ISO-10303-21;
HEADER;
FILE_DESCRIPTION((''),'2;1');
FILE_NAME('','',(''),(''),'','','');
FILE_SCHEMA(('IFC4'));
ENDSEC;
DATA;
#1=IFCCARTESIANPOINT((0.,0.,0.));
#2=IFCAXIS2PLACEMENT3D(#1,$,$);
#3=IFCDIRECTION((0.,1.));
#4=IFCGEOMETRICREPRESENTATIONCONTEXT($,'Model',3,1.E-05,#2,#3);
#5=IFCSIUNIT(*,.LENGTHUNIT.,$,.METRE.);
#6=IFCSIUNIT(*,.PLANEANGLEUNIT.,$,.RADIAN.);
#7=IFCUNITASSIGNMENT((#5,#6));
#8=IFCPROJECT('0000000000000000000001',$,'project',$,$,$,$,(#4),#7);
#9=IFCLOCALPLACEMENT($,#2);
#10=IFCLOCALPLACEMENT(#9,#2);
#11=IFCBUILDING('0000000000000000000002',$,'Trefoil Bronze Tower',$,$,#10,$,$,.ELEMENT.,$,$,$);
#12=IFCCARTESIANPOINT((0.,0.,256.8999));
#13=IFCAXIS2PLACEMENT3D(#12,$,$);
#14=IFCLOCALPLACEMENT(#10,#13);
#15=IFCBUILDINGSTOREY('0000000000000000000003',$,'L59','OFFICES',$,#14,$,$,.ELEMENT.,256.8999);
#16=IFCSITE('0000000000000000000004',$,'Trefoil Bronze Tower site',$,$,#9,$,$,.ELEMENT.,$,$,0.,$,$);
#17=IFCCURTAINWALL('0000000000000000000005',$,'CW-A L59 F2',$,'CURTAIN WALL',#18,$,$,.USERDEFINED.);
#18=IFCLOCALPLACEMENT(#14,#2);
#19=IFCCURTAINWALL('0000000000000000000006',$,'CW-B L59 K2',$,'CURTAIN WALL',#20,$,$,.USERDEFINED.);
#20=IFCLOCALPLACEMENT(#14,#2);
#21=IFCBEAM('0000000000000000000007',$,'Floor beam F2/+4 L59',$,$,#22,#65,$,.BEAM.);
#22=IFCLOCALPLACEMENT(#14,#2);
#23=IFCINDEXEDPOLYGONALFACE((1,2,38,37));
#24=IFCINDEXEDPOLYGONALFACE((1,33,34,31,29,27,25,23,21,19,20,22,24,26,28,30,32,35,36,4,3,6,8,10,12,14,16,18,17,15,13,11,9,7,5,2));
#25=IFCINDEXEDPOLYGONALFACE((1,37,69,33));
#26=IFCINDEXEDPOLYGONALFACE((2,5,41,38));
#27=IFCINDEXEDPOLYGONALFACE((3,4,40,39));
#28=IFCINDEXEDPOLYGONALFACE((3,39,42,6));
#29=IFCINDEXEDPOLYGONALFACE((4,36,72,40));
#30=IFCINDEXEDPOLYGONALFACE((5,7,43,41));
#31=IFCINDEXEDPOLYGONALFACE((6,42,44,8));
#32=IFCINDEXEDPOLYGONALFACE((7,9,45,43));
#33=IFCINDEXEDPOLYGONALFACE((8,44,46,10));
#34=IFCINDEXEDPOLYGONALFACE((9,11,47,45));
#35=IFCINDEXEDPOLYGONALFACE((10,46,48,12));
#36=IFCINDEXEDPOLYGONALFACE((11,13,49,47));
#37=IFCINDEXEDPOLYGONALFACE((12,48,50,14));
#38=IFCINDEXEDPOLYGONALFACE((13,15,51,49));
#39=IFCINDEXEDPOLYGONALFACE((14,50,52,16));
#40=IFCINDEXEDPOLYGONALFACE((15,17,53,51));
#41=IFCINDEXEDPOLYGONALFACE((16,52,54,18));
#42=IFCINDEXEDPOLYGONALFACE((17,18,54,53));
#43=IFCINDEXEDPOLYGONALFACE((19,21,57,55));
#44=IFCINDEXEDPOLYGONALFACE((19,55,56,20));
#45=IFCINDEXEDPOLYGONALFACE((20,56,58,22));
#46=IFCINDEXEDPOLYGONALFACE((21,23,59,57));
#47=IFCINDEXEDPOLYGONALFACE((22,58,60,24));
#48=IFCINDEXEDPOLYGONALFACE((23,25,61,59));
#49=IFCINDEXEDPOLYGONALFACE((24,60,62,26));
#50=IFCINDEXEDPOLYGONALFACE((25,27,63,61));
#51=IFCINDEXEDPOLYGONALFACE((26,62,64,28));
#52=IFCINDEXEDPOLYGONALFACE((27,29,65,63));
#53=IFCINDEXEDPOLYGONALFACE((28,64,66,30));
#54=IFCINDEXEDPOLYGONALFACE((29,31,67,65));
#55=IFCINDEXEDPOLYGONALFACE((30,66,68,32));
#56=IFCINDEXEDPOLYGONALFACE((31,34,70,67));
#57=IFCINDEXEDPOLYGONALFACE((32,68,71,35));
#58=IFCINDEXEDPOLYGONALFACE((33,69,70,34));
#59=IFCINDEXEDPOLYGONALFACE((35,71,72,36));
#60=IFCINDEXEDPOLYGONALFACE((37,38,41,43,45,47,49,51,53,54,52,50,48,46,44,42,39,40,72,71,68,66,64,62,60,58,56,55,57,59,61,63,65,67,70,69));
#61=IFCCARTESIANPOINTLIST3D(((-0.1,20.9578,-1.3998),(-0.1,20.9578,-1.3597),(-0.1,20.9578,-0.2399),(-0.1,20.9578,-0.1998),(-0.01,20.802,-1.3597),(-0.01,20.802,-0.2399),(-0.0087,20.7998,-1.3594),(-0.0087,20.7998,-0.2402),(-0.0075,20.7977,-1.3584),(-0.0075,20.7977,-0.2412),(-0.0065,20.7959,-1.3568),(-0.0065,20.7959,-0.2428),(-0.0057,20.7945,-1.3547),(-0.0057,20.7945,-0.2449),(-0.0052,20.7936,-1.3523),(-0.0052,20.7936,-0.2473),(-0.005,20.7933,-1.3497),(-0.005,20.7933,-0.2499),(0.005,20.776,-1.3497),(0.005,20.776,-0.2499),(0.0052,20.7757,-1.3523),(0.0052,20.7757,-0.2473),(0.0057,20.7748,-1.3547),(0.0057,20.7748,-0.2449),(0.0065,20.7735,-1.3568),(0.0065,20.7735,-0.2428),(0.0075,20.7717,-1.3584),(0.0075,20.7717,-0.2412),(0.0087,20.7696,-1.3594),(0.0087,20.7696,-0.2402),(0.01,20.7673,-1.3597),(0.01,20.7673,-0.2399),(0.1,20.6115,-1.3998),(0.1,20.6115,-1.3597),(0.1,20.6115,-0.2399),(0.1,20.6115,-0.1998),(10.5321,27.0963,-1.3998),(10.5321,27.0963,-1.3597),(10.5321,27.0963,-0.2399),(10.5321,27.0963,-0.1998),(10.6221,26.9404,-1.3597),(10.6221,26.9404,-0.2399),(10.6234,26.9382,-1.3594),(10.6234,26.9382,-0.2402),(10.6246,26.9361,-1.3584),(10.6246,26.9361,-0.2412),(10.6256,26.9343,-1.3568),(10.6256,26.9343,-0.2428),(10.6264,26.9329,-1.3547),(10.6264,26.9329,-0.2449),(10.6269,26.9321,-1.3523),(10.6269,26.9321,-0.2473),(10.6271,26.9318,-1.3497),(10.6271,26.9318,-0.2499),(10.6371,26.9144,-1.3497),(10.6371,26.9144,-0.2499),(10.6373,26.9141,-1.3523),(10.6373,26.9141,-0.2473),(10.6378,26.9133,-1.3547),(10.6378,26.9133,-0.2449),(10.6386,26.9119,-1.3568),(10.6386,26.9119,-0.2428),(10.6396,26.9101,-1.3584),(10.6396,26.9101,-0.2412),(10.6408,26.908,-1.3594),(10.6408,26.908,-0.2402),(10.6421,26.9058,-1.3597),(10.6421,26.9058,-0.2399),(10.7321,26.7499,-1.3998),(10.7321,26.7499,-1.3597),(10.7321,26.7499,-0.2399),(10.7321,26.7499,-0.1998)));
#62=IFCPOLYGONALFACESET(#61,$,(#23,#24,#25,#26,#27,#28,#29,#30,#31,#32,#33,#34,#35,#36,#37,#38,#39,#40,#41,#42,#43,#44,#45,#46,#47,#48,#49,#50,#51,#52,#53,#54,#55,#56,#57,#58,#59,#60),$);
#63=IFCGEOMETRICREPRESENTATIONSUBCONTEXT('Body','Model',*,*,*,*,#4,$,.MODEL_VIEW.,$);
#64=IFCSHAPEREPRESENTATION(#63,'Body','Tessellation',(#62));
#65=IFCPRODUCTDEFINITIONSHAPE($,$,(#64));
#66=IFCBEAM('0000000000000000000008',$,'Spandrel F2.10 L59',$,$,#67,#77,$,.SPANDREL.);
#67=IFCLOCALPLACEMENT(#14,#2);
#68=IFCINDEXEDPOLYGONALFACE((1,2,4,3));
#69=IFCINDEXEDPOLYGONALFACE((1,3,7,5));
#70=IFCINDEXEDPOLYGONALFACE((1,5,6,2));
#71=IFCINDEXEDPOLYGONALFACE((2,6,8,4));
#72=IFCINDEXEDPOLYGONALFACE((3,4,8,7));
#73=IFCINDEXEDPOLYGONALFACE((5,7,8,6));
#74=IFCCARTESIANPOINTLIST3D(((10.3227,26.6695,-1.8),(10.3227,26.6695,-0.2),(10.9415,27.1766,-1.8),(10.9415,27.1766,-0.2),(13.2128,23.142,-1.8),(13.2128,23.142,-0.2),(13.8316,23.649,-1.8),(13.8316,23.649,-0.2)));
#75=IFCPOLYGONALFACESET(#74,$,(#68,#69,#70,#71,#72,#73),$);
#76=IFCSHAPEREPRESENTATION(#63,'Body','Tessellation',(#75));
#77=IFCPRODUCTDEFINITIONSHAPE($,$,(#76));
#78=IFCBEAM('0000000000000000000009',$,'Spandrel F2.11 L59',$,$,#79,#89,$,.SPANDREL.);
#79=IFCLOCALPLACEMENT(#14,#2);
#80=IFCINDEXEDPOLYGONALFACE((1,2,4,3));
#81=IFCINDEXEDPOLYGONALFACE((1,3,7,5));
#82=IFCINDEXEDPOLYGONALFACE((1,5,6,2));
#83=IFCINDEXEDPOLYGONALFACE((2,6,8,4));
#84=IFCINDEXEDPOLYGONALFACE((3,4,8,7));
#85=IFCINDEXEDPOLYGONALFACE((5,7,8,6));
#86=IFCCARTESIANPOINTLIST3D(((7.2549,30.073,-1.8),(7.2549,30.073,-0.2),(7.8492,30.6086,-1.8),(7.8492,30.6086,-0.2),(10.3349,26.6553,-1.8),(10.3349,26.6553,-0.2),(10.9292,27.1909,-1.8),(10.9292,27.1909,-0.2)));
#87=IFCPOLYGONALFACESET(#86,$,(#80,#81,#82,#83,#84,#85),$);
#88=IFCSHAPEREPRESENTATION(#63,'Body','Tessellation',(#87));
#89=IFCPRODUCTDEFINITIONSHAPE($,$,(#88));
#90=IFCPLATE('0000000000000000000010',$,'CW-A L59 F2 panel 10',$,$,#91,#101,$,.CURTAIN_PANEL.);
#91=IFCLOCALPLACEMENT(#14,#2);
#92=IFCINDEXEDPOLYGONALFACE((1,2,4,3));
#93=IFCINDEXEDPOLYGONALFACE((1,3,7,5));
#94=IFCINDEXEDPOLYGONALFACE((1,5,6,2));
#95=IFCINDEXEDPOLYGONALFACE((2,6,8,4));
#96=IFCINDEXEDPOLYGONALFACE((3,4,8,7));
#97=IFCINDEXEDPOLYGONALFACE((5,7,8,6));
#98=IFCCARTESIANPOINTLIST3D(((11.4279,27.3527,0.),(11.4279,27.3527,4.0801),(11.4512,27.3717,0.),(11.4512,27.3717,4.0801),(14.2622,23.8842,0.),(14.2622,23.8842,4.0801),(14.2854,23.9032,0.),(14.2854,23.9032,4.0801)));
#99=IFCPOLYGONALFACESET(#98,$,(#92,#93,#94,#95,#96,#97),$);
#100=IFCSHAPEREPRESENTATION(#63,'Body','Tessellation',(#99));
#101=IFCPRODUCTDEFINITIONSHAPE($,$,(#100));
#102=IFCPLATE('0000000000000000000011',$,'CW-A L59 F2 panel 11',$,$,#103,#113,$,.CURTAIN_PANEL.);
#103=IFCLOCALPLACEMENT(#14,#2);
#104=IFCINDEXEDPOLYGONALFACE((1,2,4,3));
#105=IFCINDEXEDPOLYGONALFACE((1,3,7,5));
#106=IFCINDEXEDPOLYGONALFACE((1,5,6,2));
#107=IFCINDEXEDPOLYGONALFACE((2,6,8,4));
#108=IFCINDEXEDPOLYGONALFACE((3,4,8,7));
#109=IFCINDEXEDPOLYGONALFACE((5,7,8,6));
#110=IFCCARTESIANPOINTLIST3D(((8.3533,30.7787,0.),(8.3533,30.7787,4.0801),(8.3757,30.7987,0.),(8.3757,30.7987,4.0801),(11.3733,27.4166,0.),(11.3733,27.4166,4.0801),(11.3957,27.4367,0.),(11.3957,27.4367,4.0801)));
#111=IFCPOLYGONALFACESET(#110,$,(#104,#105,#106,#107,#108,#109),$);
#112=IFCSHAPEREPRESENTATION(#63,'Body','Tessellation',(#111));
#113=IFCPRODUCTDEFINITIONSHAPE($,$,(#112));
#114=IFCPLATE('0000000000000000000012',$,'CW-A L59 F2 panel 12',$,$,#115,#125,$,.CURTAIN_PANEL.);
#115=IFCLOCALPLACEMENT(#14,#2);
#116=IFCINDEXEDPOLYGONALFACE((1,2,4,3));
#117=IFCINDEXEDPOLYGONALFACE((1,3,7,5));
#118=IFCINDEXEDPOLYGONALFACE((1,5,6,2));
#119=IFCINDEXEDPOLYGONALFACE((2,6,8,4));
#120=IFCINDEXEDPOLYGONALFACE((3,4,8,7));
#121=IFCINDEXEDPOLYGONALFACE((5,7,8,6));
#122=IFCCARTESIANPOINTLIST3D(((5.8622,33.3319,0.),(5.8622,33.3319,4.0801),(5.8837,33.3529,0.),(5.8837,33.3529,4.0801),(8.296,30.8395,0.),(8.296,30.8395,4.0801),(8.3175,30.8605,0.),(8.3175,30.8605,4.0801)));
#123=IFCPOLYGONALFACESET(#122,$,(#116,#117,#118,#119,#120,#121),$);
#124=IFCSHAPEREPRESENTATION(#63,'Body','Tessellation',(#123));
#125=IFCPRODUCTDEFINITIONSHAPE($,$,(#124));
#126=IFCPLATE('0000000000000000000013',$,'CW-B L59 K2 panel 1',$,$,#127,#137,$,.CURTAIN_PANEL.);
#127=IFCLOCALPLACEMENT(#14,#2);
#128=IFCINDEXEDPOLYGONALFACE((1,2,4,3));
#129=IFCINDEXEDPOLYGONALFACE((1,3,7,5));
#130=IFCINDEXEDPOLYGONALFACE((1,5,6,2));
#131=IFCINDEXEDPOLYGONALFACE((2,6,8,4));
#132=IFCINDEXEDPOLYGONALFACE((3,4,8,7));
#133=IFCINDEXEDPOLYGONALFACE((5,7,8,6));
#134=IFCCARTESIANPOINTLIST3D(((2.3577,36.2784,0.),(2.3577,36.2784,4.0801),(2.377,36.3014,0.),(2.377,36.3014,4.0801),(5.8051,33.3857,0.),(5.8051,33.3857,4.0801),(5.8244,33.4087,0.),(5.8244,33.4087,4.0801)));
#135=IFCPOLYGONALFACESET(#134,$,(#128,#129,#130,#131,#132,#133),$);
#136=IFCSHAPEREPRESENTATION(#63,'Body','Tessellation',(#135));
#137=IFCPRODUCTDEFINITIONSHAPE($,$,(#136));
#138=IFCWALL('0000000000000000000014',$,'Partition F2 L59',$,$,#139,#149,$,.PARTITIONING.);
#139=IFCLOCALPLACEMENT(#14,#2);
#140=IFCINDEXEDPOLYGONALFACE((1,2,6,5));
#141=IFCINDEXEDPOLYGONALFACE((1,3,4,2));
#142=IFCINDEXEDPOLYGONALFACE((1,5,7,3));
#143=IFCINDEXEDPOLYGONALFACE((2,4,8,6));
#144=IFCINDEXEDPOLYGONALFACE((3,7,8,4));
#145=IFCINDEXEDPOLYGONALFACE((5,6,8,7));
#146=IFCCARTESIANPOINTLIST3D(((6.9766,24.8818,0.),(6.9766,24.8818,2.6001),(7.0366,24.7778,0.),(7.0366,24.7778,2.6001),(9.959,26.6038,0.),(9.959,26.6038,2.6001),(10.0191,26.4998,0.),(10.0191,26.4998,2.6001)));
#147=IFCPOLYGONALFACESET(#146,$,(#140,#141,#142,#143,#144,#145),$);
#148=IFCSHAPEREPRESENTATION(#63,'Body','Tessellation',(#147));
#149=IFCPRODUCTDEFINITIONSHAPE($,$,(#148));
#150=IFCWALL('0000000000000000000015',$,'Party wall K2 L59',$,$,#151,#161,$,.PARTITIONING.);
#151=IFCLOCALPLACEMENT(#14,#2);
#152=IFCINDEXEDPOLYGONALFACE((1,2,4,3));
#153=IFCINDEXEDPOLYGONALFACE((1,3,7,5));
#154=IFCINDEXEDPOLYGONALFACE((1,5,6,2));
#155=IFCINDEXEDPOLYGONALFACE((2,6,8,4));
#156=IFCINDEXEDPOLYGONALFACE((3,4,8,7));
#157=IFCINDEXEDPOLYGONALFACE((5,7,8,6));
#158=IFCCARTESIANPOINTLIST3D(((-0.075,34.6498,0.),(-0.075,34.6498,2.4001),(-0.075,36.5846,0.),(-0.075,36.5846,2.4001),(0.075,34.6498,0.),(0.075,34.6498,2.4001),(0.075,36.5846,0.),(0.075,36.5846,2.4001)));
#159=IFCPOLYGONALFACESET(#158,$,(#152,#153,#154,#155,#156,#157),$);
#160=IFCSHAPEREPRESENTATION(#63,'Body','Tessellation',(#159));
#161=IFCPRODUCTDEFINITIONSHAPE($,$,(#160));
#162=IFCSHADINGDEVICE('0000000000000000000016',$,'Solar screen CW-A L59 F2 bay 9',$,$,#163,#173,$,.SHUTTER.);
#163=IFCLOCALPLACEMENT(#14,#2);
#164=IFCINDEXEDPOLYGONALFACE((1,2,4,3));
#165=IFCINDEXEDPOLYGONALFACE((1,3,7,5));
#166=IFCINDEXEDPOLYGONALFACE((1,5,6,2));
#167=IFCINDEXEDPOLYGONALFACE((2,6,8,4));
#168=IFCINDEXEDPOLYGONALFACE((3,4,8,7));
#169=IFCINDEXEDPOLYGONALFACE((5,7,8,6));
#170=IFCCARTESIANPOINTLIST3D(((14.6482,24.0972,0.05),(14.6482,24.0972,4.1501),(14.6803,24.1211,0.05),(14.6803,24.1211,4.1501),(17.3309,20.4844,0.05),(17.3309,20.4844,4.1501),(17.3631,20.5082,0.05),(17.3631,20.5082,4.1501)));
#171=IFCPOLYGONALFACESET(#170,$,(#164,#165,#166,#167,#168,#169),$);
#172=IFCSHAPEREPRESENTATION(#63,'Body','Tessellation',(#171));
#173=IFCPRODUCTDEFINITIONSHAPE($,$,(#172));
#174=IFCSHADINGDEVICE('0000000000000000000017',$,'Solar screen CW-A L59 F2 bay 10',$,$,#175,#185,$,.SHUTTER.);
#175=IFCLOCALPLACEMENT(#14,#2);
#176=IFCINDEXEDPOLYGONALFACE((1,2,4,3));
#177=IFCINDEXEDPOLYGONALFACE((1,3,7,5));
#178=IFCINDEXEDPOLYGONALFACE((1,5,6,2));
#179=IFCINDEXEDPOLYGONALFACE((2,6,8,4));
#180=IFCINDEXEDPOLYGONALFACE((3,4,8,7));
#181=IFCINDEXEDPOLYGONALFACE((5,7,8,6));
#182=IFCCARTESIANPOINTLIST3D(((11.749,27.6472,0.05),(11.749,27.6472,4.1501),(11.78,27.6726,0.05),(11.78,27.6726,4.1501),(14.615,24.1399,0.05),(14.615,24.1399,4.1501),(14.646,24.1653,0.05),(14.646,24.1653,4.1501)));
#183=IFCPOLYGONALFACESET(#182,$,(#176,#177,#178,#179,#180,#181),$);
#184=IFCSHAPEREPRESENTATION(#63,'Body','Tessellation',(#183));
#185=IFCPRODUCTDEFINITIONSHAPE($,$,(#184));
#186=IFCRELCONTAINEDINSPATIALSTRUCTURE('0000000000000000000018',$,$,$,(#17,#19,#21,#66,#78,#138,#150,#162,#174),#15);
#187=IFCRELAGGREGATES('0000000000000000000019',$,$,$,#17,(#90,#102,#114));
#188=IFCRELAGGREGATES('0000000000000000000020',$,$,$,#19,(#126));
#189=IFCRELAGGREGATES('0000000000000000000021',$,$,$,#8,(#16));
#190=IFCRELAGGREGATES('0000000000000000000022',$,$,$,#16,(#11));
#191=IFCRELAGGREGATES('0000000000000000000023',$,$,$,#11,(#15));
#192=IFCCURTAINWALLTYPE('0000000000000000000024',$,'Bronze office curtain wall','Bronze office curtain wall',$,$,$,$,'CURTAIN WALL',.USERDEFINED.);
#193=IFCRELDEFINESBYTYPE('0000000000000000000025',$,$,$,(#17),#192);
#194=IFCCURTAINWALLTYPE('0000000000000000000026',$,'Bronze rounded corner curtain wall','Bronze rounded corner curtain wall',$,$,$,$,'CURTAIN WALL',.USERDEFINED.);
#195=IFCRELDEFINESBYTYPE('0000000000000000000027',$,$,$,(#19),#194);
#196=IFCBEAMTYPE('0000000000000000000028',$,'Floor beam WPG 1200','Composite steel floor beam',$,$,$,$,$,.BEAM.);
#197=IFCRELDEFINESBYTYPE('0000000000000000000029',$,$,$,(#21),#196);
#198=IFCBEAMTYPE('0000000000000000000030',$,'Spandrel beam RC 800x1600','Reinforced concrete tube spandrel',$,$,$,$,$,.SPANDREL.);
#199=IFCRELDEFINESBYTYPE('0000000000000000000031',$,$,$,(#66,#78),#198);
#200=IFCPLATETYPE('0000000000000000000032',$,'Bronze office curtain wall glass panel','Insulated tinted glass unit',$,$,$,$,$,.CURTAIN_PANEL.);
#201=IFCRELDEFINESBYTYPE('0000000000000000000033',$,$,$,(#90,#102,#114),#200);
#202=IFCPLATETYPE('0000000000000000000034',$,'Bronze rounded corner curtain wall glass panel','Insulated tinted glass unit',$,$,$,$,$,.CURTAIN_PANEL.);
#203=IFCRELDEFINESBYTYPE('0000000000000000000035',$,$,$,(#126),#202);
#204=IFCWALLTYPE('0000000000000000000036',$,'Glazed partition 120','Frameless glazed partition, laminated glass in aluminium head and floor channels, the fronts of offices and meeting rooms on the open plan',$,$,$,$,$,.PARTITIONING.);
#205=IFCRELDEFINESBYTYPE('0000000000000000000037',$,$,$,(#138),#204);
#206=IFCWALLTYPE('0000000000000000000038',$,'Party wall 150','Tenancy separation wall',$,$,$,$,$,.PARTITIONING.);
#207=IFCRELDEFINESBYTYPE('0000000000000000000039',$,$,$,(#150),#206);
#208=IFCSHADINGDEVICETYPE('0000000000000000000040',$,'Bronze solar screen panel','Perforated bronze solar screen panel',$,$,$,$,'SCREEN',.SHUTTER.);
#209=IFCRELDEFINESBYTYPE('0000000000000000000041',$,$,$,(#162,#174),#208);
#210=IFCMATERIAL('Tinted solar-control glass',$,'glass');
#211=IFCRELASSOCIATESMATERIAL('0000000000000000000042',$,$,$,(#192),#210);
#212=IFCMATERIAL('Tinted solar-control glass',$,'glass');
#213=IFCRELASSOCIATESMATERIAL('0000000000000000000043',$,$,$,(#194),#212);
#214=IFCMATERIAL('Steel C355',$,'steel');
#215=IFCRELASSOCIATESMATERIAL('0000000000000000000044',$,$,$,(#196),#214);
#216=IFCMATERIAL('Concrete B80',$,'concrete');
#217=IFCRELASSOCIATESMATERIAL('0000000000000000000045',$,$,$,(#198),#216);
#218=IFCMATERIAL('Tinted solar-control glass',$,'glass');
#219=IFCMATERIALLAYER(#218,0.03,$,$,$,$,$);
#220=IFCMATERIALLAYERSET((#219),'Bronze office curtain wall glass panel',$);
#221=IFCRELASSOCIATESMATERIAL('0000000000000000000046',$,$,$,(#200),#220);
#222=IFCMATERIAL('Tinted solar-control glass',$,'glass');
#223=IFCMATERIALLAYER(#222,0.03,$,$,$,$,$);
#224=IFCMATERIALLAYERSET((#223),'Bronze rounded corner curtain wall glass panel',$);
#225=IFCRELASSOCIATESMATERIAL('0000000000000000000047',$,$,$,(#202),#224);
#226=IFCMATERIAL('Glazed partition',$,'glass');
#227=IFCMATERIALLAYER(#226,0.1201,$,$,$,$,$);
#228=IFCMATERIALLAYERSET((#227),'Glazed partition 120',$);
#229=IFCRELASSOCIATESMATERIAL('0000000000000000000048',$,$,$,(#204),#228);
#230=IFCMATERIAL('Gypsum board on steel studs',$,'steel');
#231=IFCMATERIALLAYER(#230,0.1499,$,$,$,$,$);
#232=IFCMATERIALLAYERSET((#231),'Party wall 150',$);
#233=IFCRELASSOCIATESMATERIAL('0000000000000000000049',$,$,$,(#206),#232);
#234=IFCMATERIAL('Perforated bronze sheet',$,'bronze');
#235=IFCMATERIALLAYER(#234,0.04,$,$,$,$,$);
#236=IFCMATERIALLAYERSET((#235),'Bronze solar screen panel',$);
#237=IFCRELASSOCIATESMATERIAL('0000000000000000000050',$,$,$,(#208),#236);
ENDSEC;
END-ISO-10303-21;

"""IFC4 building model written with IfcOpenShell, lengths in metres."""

from ifc_helpers import new_model, si_unit, direction, frame, frame_2d, origin, origin_2d, place, context, subcontext, project, spatial, rectangle, i_section, extrude, material, layer, layer_set, material_profile, profile_set, type_object, element, aggregate, save


model = new_model("IFC4")

# Units and contexts
model_context = context("Model", 3, precision=1e-05, world=origin(), true_north=direction((0.0, 1.0)))
body_context = subcontext(model_context, "Body", "Model", "MODEL_VIEW")
ifc_project = project(units=[si_unit("LENGTHUNIT", "METRE"), si_unit("PLANEANGLEUNIT", "RADIAN")], contexts=[model_context])

# Site, building, storey
site_placement = place(None, origin())
site = spatial("IfcSite", under=ifc_project, at=site_placement, Name="Trefoil Bronze Tower site", CompositionType="ELEMENT", RefElevation=0.0)
building_placement = place(site_placement, origin())
building = spatial("IfcBuilding", under=site, at=building_placement, Name="Trefoil Bronze Tower", CompositionType="ELEMENT")
storey_placement = place(building_placement, frame((0.0, 0.0, 256.8999)))
storey = spatial("IfcBuildingStorey", under=building, at=storey_placement, Name="L59", Description="OFFICES", CompositionType="ELEMENT", Elevation=256.8999)

# Curtain walls
ifc_material_1 = material(Name="Tinted solar-control glass", Category="glass")
curtain_wall_type_1 = type_object("IfcCurtainWallType", Name="Bronze office curtain wall", Description="Bronze office curtain wall", ElementType="CURTAIN WALL", PredefinedType="USERDEFINED", material=ifc_material_1)
curtain_wall_1_placement = place(storey_placement, origin())
curtain_wall_1 = element("IfcCurtainWall", 1, at=curtain_wall_1_placement, inside=storey, type_object=curtain_wall_type_1, Name="CW-A L59 F2", ObjectType="CURTAIN WALL", PredefinedType="USERDEFINED")
ifc_material_2 = material(Name="Tinted solar-control glass", Category="glass")
curtain_wall_type_2 = type_object("IfcCurtainWallType", Name="Bronze rounded corner curtain wall", Description="Bronze rounded corner curtain wall", ElementType="CURTAIN WALL", PredefinedType="USERDEFINED", material=ifc_material_2)
curtain_wall_2_placement = place(storey_placement, origin())
curtain_wall_2 = element("IfcCurtainWall", 2, at=curtain_wall_2_placement, inside=storey, type_object=curtain_wall_type_2, Name="CW-B L59 K2", ObjectType="CURTAIN WALL", PredefinedType="USERDEFINED")

# Beams
ifc_material_3 = material(Name="Steel C355", Category="steel")
ifc_material_profile_1 = material_profile(ifc_material_3, i_section(OverallWidth=0.3999, OverallDepth=1.2, WebThickness=0.02, FlangeThickness=0.04, FilletRadius=0.01, at=origin_2d()), Name="WPG 1200")
ifc_profile_set_1 = profile_set([ifc_material_profile_1], Name="Steel C355")
beam_type_1 = type_object("IfcBeamType", Name="Floor beam WPG 1200", Description="Composite steel floor beam", PredefinedType="BEAM", material=ifc_profile_set_1)
beam_1_placement = place(storey_placement, frame((10.6321, 26.9231, -0.7998), z_axis=(-0.866026, -0.5, 0.0), x_axis=(0.5, -0.866026, 0.0)))
element("IfcBeam", 3, at=beam_1_placement, inside=storey, type_object=beam_type_1, Name="Floor beam F2/+4 L59", PredefinedType="BEAM", context=body_context, shape_type="SweptSolid", body=[
    extrude(i_section(OverallWidth=0.3999, OverallDepth=1.2, WebThickness=0.02, FlangeThickness=0.04, FilletRadius=0.01, at=origin_2d()), origin(), (0.0, 0.0, 1.0), 12.2769),
])
ifc_material_4 = material(Name="Concrete B80", Category="concrete")
ifc_material_profile_2 = material_profile(ifc_material_4, rectangle(XDim=0.8, YDim=1.6001, at=origin_2d()), Name="RC 800x1600")
ifc_profile_set_2 = profile_set([ifc_material_profile_2], Name="Concrete B80")
beam_type_2 = type_object("IfcBeamType", Name="Spandrel beam RC 800x1600", Description="Reinforced concrete tube spandrel", PredefinedType="SPANDREL", material=ifc_profile_set_2)
beam_2_placement = place(storey_placement, frame((13.5222, 23.3955, -1.0), z_axis=(-0.633754, 0.773535, 0.0), x_axis=(-0.773535, -0.633754, 0.0)))
element("IfcBeam", 4, at=beam_2_placement, inside=storey, type_object=beam_type_2, Name="Spandrel F2.10 L59", PredefinedType="SPANDREL", context=body_context, shape_type="SweptSolid", body=[
    extrude(rectangle(XDim=0.8, YDim=1.6001, at=origin_2d()), origin(), (0.0, 0.0, 1.0), 4.5603),
])
beam_3_placement = place(storey_placement, frame((10.6321, 26.9231, -1.0), z_axis=(-0.66946, 0.742848, 0.0), x_axis=(-0.742848, -0.66946, 0.0)))
element("IfcBeam", 5, at=beam_3_placement, inside=storey, type_object=beam_type_2, Name="Spandrel F2.11 L59", PredefinedType="SPANDREL", context=body_context, shape_type="SweptSolid", body=[
    extrude(rectangle(XDim=0.8, YDim=1.6001, at=origin_2d()), origin(), (0.0, 0.0, 1.0), 4.6008),
])

# Plates
ifc_material_5 = material(Name="Tinted solar-control glass", Category="glass")
ifc_layer_1 = layer(ifc_material_5, 0.03)
ifc_layer_set_1 = layer_set([ifc_layer_1], Name="Bronze office curtain wall glass panel")
plate_type_1 = type_object("IfcPlateType", Name="Bronze office curtain wall glass panel", Description="Insulated tinted glass unit", PredefinedType="CURTAIN_PANEL", material=ifc_layer_set_1)
plate_1_placement = place(storey_placement, frame((12.8567, 25.6279, 0.0), z_axis=(0.0, 0.0, 1.0), x_axis=(-0.632753, 0.774354, 0.0)))
plate_1 = element("IfcPlate", 6, at=plate_1_placement, type_object=plate_type_1, Name="CW-A L59 F2 panel 10", PredefinedType="CURTAIN_PANEL", context=body_context, shape_type="SweptSolid", body=[
    extrude(rectangle(XDim=4.4792, YDim=0.03, at=origin_2d()), origin(), (0.0, 0.0, 1.0), 4.0801),
])
plate_2_placement = place(storey_placement, frame((9.8745, 29.1077, 0.0), z_axis=(0.0, 0.0, 1.0), x_axis=(-0.668246, 0.743941, 0.0)))
plate_2 = element("IfcPlate", 7, at=plate_2_placement, type_object=plate_type_1, Name="CW-A L59 F2 panel 11", PredefinedType="CURTAIN_PANEL", context=body_context, shape_type="SweptSolid", body=[
    extrude(rectangle(XDim=4.5193, YDim=0.03, at=origin_2d()), origin(), (0.0, 0.0, 1.0), 4.0801),
])
plate_3_placement = place(storey_placement, frame((7.0898, 32.0962, 0.0), z_axis=(0.0, 0.0, 1.0), x_axis=(-0.698652, 0.715462, 0.0)))
plate_3 = element("IfcPlate", 8, at=plate_3_placement, type_object=plate_type_1, Name="CW-A L59 F2 panel 12", PredefinedType="CURTAIN_PANEL", context=body_context, shape_type="SweptSolid", body=[
    extrude(rectangle(XDim=3.4836, YDim=0.03, at=origin_2d()), origin(), (0.0, 0.0, 1.0), 4.0801),
])
aggregate(curtain_wall_1, [plate_1, plate_2, plate_3])
ifc_material_6 = material(Name="Tinted solar-control glass", Category="glass")
ifc_layer_2 = layer(ifc_material_6, 0.03)
ifc_layer_set_2 = layer_set([ifc_layer_2], Name="Bronze rounded corner curtain wall glass panel")
plate_type_2 = type_object("IfcPlateType", Name="Bronze rounded corner curtain wall glass panel", Description="Insulated tinted glass unit", PredefinedType="CURTAIN_PANEL", material=ifc_layer_set_2)
plate_4_placement = place(storey_placement, frame((4.0911, 34.8435, 0.0), z_axis=(0.0, 0.0, 1.0), x_axis=(-0.766044, 0.642788, 0.0)))
plate_4 = element("IfcPlate", 9, at=plate_4_placement, type_object=plate_type_2, Name="CW-B L59 K2 panel 1", PredefinedType="CURTAIN_PANEL", context=body_context, shape_type="SweptSolid", body=[
    extrude(rectangle(XDim=4.5002, YDim=0.03, at=origin_2d()), origin(), (0.0, 0.0, 1.0), 4.0801),
])
aggregate(curtain_wall_2, [plate_4])

# Walls
ifc_material_7 = material(Name="Glazed partition", Category="glass")
ifc_layer_3 = layer(ifc_material_7, 0.1201)
ifc_layer_set_3 = layer_set([ifc_layer_3], Name="Glazed partition 120")
wall_type_1 = type_object("IfcWallType", Name="Glazed partition 120", Description="Frameless glazed partition, laminated glass in aluminium head and floor channels, the fronts of offices and meeting rooms on the open plan", PredefinedType="PARTITIONING", material=ifc_layer_set_3)
wall_1_placement = place(storey_placement, frame((7.0066, 24.8298, 0.0), z_axis=(0.0, 0.0, 1.0), x_axis=(0.866023, 0.500005, 0.0)))
element("IfcWall", 10, at=wall_1_placement, inside=storey, type_object=wall_type_1, Name="Partition F2 L59", PredefinedType="PARTITIONING", context=body_context, shape_type="SweptSolid", body=[
    extrude(rectangle(XDim=3.4438, YDim=0.1201, at=frame_2d((1.7219, 0.0))), origin(), (0.0, 0.0, 1.0), 2.6001),
])
ifc_material_8 = material(Name="Gypsum board on steel studs", Category="steel")
ifc_layer_4 = layer(ifc_material_8, 0.1499)
ifc_layer_set_4 = layer_set([ifc_layer_4], Name="Party wall 150")
wall_type_2 = type_object("IfcWallType", Name="Party wall 150", Description="Tenancy separation wall", PredefinedType="PARTITIONING", material=ifc_layer_set_4)
wall_2_placement = place(storey_placement, frame((0.0, 34.6499, 0.0), z_axis=(0.0, 0.0, 1.0), x_axis=(0.0, 1.0, 0.0)))
element("IfcWall", 11, at=wall_2_placement, inside=storey, type_object=wall_type_2, Name="Party wall K2 L59", PredefinedType="PARTITIONING", context=body_context, shape_type="SweptSolid", body=[
    extrude(rectangle(XDim=1.9348, YDim=0.1499, at=frame_2d((0.9673, 0.0))), origin(), (0.0, 0.0, 1.0), 2.4001),
])

# Shading devices
ifc_material_9 = material(Name="Perforated bronze sheet", Category="bronze")
ifc_layer_5 = layer(ifc_material_9, 0.04)
ifc_layer_set_5 = layer_set([ifc_layer_5], Name="Bronze solar screen panel")
shading_device_type = type_object("IfcShadingDeviceType", Name="Bronze solar screen panel", Description="Perforated bronze solar screen panel", ElementType="SCREEN", PredefinedType="SHUTTER", material=ifc_layer_set_5)
shading_device_1_placement = place(storey_placement, frame((16.0056, 22.3027, 0.05), z_axis=(0.0, 0.0, 1.0), x_axis=(-0.596162, 0.802865, 0.0)))
element("IfcShadingDevice", 12, at=shading_device_1_placement, inside=storey, type_object=shading_device_type, Name="Solar screen CW-A L59 F2 bay 9", PredefinedType="SHUTTER", context=body_context, shape_type="SweptSolid", body=[
    extrude(rectangle(XDim=4.5, YDim=0.04, at=origin_2d()), origin(), (0.0, 0.0, 1.0), 4.1001),
])
shading_device_2_placement = place(storey_placement, frame((13.1975, 25.9062, 0.05), z_axis=(0.0, 0.0, 1.0), x_axis=(-0.632753, 0.774354, 0.0)))
element("IfcShadingDevice", 13, at=shading_device_2_placement, inside=storey, type_object=shading_device_type, Name="Solar screen CW-A L59 F2 bay 10", PredefinedType="SHUTTER", context=body_context, shape_type="SweptSolid", body=[
    extrude(rectangle(XDim=4.5293, YDim=0.04, at=origin_2d()), origin(), (0.0, 0.0, 1.0), 4.1001),
])

save(model, "model.ifc")
